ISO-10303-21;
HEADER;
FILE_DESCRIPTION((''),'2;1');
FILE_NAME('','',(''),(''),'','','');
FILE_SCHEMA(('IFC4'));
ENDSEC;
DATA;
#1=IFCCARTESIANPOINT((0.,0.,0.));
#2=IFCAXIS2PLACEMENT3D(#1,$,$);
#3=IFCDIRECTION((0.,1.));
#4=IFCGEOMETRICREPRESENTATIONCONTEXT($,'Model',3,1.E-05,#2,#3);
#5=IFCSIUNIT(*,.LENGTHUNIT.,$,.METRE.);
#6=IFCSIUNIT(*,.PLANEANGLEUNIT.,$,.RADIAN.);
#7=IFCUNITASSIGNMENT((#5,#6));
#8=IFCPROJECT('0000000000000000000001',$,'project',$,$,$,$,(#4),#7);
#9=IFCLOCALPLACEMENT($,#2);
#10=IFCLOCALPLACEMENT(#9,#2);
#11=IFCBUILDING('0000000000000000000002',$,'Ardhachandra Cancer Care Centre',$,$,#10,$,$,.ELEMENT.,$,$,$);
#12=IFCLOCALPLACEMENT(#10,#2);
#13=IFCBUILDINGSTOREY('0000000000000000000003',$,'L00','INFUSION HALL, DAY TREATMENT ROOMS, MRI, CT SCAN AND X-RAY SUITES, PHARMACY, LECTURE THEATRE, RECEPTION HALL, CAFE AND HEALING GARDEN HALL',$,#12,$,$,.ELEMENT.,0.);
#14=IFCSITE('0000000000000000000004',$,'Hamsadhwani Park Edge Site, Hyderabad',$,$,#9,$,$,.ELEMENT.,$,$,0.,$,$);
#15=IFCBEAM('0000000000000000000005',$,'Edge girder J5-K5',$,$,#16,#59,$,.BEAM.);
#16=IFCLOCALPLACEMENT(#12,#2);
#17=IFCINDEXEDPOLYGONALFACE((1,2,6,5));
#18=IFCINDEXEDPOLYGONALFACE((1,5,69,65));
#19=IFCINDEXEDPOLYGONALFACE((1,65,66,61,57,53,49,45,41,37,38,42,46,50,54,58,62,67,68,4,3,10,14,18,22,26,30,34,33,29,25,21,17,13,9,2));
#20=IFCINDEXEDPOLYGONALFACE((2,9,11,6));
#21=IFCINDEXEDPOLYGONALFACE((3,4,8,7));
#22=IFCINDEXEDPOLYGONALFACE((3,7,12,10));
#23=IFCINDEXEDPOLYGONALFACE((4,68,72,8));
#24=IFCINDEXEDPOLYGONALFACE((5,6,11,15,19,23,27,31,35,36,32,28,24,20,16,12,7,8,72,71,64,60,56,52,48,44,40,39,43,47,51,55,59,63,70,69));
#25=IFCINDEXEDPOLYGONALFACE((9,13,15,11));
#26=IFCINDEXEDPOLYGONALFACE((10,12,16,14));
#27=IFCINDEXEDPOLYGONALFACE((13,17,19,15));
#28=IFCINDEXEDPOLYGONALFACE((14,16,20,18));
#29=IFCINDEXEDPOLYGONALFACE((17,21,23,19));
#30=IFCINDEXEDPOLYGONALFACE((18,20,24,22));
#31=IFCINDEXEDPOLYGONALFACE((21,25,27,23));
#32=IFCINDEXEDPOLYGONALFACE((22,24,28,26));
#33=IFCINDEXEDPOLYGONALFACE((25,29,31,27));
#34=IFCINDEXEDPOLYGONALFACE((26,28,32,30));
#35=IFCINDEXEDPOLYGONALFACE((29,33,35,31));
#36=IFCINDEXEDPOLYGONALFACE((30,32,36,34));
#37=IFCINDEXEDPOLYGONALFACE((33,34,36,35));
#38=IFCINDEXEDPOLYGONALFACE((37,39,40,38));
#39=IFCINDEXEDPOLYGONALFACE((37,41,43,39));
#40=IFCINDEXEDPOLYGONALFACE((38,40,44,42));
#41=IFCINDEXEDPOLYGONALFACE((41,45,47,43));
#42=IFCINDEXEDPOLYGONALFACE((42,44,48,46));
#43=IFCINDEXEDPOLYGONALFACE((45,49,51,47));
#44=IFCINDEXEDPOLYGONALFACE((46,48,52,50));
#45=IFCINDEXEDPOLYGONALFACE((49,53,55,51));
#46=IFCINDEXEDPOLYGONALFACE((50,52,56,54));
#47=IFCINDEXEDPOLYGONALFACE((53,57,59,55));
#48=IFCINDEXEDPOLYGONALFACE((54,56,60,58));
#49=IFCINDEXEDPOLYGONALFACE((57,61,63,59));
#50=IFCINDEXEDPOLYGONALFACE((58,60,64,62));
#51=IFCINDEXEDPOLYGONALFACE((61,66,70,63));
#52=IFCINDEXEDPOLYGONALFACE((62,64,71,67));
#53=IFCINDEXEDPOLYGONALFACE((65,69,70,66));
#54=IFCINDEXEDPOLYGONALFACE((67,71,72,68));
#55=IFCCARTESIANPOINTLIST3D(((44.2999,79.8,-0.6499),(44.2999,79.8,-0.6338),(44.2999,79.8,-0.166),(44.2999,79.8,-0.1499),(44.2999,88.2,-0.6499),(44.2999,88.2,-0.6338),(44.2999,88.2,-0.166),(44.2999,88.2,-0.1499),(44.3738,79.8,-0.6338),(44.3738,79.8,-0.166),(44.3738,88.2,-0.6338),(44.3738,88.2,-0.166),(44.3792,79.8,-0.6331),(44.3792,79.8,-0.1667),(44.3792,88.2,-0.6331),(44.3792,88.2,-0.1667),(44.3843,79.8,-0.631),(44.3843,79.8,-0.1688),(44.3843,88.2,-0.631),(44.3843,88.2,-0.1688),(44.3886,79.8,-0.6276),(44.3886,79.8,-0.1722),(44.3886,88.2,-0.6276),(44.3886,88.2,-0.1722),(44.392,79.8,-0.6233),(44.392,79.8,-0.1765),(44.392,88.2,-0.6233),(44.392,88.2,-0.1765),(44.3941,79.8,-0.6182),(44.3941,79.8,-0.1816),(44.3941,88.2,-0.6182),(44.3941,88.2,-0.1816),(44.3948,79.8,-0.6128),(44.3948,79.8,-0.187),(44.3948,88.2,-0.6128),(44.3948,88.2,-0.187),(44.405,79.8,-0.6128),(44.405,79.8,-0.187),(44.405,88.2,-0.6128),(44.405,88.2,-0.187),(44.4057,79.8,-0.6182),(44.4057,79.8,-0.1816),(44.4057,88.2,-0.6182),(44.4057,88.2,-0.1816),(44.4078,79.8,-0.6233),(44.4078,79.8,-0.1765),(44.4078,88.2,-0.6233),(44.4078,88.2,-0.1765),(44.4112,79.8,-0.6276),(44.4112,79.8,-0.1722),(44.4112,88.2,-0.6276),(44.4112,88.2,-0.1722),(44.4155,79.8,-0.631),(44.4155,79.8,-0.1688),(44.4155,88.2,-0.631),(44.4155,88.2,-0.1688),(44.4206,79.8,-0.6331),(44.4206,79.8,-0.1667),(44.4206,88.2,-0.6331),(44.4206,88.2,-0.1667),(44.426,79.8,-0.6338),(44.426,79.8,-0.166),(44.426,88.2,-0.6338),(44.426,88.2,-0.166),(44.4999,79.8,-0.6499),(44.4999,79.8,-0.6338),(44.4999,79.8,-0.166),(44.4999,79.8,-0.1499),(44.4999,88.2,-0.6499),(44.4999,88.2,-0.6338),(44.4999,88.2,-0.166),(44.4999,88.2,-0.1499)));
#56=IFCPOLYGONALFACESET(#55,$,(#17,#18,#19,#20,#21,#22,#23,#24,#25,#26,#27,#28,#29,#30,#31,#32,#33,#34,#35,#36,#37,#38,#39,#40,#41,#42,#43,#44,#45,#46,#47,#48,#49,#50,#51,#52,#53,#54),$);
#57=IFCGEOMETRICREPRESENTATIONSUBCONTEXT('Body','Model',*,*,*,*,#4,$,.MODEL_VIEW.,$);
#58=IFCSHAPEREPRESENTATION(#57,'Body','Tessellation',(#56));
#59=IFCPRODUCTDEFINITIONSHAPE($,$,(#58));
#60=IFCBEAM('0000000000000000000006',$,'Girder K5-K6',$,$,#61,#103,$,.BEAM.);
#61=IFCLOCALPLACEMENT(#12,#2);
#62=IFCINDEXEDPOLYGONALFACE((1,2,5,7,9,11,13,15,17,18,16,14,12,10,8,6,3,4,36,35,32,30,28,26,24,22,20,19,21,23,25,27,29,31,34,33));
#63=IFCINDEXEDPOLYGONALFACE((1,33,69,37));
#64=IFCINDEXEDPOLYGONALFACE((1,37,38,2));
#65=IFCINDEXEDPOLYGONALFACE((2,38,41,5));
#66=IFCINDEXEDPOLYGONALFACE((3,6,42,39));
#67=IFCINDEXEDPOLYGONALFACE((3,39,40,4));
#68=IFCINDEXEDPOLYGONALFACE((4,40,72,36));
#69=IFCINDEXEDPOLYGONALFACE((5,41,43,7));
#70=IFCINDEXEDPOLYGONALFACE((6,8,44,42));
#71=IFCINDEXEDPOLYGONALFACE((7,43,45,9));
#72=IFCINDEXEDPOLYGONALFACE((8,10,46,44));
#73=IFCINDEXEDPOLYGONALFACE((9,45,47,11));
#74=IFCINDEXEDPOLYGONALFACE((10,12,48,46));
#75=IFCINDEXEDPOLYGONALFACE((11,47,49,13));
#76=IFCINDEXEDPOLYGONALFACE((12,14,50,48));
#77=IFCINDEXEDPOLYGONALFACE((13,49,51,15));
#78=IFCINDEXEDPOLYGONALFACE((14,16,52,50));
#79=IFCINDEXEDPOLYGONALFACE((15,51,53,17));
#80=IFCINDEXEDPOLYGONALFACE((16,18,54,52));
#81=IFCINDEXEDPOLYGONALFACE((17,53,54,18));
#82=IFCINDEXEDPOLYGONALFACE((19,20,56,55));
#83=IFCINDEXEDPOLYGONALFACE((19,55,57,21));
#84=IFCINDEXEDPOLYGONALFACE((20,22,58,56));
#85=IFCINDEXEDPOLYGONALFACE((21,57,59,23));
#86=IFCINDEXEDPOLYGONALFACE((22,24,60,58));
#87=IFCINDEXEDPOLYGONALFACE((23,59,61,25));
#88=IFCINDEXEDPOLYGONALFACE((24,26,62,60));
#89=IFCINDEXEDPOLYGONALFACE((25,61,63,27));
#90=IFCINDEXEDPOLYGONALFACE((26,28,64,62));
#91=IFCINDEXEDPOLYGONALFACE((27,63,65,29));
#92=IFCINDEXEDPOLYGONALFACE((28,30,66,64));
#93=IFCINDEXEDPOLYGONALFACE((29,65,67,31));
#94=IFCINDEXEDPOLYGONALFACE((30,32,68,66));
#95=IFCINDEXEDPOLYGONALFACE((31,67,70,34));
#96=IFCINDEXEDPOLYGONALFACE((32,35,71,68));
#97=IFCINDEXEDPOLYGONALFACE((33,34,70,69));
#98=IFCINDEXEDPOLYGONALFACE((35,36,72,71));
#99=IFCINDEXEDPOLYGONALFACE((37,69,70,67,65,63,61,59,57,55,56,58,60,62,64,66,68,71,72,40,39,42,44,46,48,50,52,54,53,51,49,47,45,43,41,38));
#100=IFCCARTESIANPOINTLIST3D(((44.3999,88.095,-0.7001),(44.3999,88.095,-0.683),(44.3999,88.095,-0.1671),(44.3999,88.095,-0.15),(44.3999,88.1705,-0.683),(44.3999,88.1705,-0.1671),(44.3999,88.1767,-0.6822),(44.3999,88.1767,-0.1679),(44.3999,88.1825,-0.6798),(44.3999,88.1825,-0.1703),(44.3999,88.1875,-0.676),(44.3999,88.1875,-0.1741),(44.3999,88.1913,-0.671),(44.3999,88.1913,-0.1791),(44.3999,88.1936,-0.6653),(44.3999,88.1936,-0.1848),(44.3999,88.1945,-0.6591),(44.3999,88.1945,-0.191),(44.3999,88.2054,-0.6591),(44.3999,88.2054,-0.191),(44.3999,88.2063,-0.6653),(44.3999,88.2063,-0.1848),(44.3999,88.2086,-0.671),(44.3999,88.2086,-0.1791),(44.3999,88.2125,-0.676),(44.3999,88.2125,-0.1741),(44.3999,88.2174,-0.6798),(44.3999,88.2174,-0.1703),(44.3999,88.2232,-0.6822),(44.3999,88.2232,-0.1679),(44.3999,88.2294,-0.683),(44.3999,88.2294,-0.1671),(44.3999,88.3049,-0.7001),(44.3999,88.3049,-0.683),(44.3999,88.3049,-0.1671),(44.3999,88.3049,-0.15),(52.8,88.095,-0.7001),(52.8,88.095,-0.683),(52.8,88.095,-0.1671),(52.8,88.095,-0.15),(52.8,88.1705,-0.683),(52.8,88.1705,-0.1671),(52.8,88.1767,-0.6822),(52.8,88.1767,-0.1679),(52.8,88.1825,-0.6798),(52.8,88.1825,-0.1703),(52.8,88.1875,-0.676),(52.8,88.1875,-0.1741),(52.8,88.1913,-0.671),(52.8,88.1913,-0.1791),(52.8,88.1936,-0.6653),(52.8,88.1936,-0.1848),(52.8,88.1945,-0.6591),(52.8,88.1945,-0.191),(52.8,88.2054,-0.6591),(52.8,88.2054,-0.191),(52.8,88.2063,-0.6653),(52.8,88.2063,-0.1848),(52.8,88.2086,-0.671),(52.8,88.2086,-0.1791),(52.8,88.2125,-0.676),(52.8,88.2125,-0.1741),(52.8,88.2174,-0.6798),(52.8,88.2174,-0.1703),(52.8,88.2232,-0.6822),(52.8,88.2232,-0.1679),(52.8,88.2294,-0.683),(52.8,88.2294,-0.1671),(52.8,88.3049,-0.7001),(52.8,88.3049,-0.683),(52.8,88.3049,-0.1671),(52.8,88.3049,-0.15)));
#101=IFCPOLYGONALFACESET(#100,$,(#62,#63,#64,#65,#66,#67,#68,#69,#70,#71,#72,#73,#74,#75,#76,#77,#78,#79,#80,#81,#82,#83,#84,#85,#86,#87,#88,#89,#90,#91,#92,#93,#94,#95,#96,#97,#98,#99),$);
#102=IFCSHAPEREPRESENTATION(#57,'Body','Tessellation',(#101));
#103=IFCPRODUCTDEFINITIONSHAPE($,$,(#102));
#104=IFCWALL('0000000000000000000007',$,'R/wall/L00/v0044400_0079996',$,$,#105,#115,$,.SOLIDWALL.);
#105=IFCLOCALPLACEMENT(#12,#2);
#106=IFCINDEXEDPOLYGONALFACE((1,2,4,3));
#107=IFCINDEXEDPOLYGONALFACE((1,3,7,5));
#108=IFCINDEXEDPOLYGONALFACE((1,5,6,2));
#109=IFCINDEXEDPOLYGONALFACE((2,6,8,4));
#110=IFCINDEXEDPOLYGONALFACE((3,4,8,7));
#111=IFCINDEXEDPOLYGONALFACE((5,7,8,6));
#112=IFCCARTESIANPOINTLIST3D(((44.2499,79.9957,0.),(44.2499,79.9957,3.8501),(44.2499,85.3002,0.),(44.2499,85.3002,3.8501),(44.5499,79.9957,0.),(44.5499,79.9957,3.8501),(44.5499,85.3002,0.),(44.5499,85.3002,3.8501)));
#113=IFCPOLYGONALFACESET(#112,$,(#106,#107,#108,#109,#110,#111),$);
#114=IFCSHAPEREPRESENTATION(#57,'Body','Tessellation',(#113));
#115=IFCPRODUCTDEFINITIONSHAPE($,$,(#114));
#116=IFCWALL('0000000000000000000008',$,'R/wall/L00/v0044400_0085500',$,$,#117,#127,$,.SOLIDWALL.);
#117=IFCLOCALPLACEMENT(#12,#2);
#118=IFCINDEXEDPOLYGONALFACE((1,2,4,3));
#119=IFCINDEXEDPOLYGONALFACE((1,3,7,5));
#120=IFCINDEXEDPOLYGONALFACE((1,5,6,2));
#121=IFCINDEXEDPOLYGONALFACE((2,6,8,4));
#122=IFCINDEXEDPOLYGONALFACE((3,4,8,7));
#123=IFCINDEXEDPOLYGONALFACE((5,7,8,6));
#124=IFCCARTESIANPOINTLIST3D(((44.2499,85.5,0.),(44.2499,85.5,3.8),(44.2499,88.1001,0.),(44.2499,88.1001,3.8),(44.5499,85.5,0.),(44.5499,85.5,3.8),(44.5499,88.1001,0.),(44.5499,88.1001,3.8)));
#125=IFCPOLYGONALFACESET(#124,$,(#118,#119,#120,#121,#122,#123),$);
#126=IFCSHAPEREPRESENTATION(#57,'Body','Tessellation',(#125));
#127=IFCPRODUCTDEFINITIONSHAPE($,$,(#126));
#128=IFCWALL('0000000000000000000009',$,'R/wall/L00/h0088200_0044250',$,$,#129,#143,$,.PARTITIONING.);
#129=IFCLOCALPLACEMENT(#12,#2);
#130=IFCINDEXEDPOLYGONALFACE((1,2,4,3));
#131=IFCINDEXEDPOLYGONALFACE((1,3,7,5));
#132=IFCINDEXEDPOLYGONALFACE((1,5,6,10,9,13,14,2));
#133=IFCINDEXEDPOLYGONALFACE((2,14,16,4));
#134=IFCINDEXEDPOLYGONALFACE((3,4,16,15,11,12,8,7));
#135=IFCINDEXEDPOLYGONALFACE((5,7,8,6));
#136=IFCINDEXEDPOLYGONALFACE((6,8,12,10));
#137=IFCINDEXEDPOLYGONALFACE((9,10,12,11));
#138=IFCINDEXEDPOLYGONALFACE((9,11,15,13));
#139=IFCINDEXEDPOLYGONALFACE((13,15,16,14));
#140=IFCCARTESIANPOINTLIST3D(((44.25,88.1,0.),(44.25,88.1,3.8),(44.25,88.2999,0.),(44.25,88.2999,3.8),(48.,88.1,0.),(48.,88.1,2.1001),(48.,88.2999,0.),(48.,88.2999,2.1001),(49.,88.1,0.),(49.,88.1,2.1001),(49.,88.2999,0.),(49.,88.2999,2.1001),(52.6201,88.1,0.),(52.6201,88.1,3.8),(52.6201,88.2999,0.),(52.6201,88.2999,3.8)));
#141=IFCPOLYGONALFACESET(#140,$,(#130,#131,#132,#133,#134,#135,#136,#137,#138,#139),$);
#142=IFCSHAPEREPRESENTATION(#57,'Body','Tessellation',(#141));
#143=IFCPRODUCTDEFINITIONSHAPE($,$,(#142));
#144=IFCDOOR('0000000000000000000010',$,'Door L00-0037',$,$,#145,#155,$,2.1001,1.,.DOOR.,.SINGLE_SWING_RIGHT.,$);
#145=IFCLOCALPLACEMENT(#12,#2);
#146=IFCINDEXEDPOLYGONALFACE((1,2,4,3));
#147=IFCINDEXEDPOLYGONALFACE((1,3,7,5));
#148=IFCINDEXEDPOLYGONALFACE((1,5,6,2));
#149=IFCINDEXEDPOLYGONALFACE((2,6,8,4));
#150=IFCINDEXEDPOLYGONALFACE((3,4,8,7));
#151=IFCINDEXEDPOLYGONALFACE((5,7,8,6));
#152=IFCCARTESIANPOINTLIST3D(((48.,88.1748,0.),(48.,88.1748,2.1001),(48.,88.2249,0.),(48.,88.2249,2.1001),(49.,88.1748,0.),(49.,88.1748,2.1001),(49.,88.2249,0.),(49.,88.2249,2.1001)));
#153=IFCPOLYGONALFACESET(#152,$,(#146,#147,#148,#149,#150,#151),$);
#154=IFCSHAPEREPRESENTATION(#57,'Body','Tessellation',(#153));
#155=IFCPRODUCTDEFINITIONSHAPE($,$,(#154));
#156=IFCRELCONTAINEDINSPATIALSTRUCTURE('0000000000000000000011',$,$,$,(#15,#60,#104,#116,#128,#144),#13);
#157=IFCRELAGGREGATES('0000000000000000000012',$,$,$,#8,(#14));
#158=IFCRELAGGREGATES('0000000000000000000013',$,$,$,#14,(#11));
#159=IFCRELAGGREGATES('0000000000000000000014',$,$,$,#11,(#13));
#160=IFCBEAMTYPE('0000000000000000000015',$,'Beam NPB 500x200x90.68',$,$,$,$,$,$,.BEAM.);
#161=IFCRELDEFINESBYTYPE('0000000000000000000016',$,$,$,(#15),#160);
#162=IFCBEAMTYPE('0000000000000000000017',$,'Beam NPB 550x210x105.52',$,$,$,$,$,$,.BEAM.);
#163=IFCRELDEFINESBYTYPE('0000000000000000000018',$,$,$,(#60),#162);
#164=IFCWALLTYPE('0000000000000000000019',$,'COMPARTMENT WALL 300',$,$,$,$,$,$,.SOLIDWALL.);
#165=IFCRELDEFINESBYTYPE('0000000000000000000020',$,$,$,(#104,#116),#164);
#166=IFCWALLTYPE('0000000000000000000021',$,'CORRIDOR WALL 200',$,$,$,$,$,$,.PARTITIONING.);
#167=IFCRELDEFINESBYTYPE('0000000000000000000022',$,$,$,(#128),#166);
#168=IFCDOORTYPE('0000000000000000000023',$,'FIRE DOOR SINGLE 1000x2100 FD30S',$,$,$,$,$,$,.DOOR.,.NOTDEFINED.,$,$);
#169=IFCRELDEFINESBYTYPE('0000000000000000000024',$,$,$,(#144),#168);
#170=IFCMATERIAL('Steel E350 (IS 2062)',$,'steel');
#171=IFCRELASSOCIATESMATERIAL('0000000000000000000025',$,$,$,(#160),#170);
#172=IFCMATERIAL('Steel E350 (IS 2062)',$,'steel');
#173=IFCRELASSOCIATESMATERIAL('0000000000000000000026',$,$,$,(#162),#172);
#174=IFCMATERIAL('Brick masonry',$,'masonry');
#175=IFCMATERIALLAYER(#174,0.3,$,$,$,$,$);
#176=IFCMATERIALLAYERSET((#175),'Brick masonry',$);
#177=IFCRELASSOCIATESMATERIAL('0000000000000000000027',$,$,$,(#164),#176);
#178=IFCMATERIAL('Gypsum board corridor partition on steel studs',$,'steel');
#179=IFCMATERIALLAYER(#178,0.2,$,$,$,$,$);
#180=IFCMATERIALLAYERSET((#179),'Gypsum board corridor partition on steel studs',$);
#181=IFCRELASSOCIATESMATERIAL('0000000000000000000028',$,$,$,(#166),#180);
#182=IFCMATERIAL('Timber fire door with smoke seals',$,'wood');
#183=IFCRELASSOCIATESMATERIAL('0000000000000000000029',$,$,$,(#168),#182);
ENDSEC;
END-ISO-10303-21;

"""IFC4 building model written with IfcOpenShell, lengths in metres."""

from ifc_helpers import new_model, si_unit, direction, frame, frame_2d, origin, origin_2d, place, context, subcontext, project, spatial, rectangle, i_section, extrude, material, layer, layer_set, material_profile, profile_set, type_object, element, fill, save


model = new_model("IFC4")

# Units and contexts
model_context = context("Model", 3, precision=1e-05, world=origin(), true_north=direction((0.0, 1.0)))
body_context = subcontext(model_context, "Body", "Model", "MODEL_VIEW")
ifc_project = project(units=[si_unit("LENGTHUNIT", "METRE"), si_unit("PLANEANGLEUNIT", "RADIAN")], contexts=[model_context])

# Site, building, storey
site_placement = place(None, origin())
site = spatial("IfcSite", under=ifc_project, at=site_placement, Name="Hamsadhwani Park Edge Site, Hyderabad", CompositionType="ELEMENT", RefElevation=0.0)
building_placement = place(site_placement, origin())
building = spatial("IfcBuilding", under=site, at=building_placement, Name="Ardhachandra Cancer Care Centre", CompositionType="ELEMENT")
storey_placement = place(building_placement, origin())
storey = spatial("IfcBuildingStorey", under=building, at=storey_placement, Name="L00", Description="INFUSION HALL, DAY TREATMENT ROOMS, MRI, CT SCAN AND X-RAY SUITES, PHARMACY, LECTURE THEATRE, RECEPTION HALL, CAFE AND HEALING GARDEN HALL", CompositionType="ELEMENT", Elevation=0.0)

# Beams
ifc_material_1 = material(Name="Steel E350 (IS 2062)", Category="steel")
ifc_material_profile_1 = material_profile(ifc_material_1, i_section(OverallWidth=0.2, OverallDepth=0.5, WebThickness=0.0103, FlangeThickness=0.0161, FilletRadius=0.021, at=origin_2d()), Name="NPB 500x200x90.68")
ifc_profile_set_1 = profile_set([ifc_material_profile_1], Name="Steel E350 (IS 2062)")
beam_type_1 = type_object("IfcBeamType", Name="Beam NPB 500x200x90.68", PredefinedType="BEAM", material=ifc_profile_set_1)
beam_1_placement = place(storey_placement, frame((44.3999, 79.8, -0.3999), z_axis=(0.0, 1.0, 0.0), x_axis=(-1.0, 0.0, 0.0)))
element("IfcBeam", 1, at=beam_1_placement, inside=storey, type_object=beam_type_1, Name="Edge girder J5-K5", PredefinedType="BEAM", context=body_context, shape_type="SweptSolid", body=[
    extrude(i_section(OverallWidth=0.2, OverallDepth=0.5, WebThickness=0.0103, FlangeThickness=0.0161, FilletRadius=0.021, at=origin_2d()), origin(), (0.0, 0.0, 1.0), 8.3999),
])
ifc_material_2 = material(Name="Steel E350 (IS 2062)", Category="steel")
ifc_material_profile_2 = material_profile(ifc_material_2, i_section(OverallWidth=0.21, OverallDepth=0.55, WebThickness=0.011, FlangeThickness=0.0171, FilletRadius=0.0239, at=origin_2d()), Name="NPB 550x210x105.52")
ifc_profile_set_2 = profile_set([ifc_material_profile_2], Name="Steel E350 (IS 2062)")
beam_type_2 = type_object("IfcBeamType", Name="Beam NPB 550x210x105.52", PredefinedType="BEAM", material=ifc_profile_set_2)
beam_2_placement = place(storey_placement, frame((44.3999, 88.2, -0.425), z_axis=(1.0, 0.0, 0.0), x_axis=(0.0, 1.0, 0.0)))
element("IfcBeam", 2, at=beam_2_placement, inside=storey, type_object=beam_type_2, Name="Girder K5-K6", PredefinedType="BEAM", context=body_context, shape_type="SweptSolid", body=[
    extrude(i_section(OverallWidth=0.21, OverallDepth=0.55, WebThickness=0.011, FlangeThickness=0.0171, FilletRadius=0.0239, at=origin_2d()), origin(), (0.0, 0.0, 1.0), 8.4001),
])

# Walls
ifc_material_3 = material(Name="Brick masonry", Category="masonry")
ifc_layer_1 = layer(ifc_material_3, 0.3)
ifc_layer_set_1 = layer_set([ifc_layer_1], Name="Brick masonry")
wall_type_1 = type_object("IfcWallType", Name="COMPARTMENT WALL 300", PredefinedType="SOLIDWALL", material=ifc_layer_set_1)
wall_1_placement = place(storey_placement, frame((44.3999, 79.9956, 0.0), z_axis=(0.0, 0.0, 1.0), x_axis=(0.0, 1.0, 0.0)))
element("IfcWall", 3, at=wall_1_placement, inside=storey, type_object=wall_type_1, Name="R/wall/L00/v0044400_0079996", PredefinedType="SOLIDWALL", context=body_context, shape_type="SweptSolid", body=[
    extrude(rectangle(XDim=5.3044, YDim=0.3, at=frame_2d((2.6523, 0.0))), origin(), (0.0, 0.0, 1.0), 3.8501),
])
wall_2_placement = place(storey_placement, frame((44.3999, 85.5, 0.0), z_axis=(0.0, 0.0, 1.0), x_axis=(0.0, 1.0, 0.0)))
element("IfcWall", 4, at=wall_2_placement, inside=storey, type_object=wall_type_1, Name="R/wall/L00/v0044400_0085500", PredefinedType="SOLIDWALL", context=body_context, shape_type="SweptSolid", body=[
    extrude(rectangle(XDim=2.6001, YDim=0.3, at=frame_2d((1.3, 0.0))), origin(), (0.0, 0.0, 1.0), 3.8),
])

# Wall, opening, door
ifc_material_4 = material(Name="Gypsum board corridor partition on steel studs", Category="steel")
ifc_layer_2 = layer(ifc_material_4, 0.2)
ifc_layer_set_2 = layer_set([ifc_layer_2], Name="Gypsum board corridor partition on steel studs")
wall_type_2 = type_object("IfcWallType", Name="CORRIDOR WALL 200", PredefinedType="PARTITIONING", material=ifc_layer_set_2)
wall_3_placement = place(storey_placement, frame((44.25, 88.2, 0.0), z_axis=(0.0, 0.0, 1.0), x_axis=(1.0, 0.0, 0.0)))
wall_3 = element("IfcWall", 5, at=wall_3_placement, inside=storey, type_object=wall_type_2, Name="R/wall/L00/h0088200_0044250", PredefinedType="PARTITIONING", context=body_context, shape_type="SweptSolid", body=[
    extrude(rectangle(XDim=8.3701, YDim=0.2, at=frame_2d((4.1851, 0.0))), origin(), (0.0, 0.0, 1.0), 3.8),
])
opening_1_placement = place(wall_3_placement, frame((3.75, 0.0, 0.0)))
opening_1 = element("IfcOpeningElement", 6, at=opening_1_placement, cuts=wall_3, PredefinedType="OPENING", context=body_context, shape_type="SweptSolid", body=[
    extrude(rectangle(XDim=1.0, YDim=2.1001, at=frame_2d((0.5, 1.05))), frame((0.0, 0.1099, 0.0), z_axis=(0.0, -1.0, 0.0), x_axis=(1.0, 0.0, 0.0)), (0.0, 0.0, 1.0), 0.22),
])
ifc_material_5 = material(Name="Timber fire door with smoke seals", Category="wood")
door_type_1 = type_object("IfcDoorType", Name="FIRE DOOR SINGLE 1000x2100 FD30S", OperationType="NOTDEFINED", PredefinedType="DOOR", material=ifc_material_5)
door_1_placement = place(opening_1_placement, origin())
door_1 = element("IfcDoor", 7, at=door_1_placement, inside=storey, type_object=door_type_1, Name="Door L00-0037", OperationType="SINGLE_SWING_RIGHT", OverallHeight=2.1001, OverallWidth=1.0, PredefinedType="DOOR", context=body_context, shape_type="SweptSolid", body=[
    extrude(rectangle(XDim=1.0, YDim=2.1001, at=frame_2d((0.5, 1.05))), frame((0.0, 0.0249, 0.0), z_axis=(0.0, -1.0, 0.0), x_axis=(1.0, 0.0, 0.0)), (0.0, 0.0, 1.0), 0.05),
])
fill(opening_1, door_1)

save(model, "model.ifc")
